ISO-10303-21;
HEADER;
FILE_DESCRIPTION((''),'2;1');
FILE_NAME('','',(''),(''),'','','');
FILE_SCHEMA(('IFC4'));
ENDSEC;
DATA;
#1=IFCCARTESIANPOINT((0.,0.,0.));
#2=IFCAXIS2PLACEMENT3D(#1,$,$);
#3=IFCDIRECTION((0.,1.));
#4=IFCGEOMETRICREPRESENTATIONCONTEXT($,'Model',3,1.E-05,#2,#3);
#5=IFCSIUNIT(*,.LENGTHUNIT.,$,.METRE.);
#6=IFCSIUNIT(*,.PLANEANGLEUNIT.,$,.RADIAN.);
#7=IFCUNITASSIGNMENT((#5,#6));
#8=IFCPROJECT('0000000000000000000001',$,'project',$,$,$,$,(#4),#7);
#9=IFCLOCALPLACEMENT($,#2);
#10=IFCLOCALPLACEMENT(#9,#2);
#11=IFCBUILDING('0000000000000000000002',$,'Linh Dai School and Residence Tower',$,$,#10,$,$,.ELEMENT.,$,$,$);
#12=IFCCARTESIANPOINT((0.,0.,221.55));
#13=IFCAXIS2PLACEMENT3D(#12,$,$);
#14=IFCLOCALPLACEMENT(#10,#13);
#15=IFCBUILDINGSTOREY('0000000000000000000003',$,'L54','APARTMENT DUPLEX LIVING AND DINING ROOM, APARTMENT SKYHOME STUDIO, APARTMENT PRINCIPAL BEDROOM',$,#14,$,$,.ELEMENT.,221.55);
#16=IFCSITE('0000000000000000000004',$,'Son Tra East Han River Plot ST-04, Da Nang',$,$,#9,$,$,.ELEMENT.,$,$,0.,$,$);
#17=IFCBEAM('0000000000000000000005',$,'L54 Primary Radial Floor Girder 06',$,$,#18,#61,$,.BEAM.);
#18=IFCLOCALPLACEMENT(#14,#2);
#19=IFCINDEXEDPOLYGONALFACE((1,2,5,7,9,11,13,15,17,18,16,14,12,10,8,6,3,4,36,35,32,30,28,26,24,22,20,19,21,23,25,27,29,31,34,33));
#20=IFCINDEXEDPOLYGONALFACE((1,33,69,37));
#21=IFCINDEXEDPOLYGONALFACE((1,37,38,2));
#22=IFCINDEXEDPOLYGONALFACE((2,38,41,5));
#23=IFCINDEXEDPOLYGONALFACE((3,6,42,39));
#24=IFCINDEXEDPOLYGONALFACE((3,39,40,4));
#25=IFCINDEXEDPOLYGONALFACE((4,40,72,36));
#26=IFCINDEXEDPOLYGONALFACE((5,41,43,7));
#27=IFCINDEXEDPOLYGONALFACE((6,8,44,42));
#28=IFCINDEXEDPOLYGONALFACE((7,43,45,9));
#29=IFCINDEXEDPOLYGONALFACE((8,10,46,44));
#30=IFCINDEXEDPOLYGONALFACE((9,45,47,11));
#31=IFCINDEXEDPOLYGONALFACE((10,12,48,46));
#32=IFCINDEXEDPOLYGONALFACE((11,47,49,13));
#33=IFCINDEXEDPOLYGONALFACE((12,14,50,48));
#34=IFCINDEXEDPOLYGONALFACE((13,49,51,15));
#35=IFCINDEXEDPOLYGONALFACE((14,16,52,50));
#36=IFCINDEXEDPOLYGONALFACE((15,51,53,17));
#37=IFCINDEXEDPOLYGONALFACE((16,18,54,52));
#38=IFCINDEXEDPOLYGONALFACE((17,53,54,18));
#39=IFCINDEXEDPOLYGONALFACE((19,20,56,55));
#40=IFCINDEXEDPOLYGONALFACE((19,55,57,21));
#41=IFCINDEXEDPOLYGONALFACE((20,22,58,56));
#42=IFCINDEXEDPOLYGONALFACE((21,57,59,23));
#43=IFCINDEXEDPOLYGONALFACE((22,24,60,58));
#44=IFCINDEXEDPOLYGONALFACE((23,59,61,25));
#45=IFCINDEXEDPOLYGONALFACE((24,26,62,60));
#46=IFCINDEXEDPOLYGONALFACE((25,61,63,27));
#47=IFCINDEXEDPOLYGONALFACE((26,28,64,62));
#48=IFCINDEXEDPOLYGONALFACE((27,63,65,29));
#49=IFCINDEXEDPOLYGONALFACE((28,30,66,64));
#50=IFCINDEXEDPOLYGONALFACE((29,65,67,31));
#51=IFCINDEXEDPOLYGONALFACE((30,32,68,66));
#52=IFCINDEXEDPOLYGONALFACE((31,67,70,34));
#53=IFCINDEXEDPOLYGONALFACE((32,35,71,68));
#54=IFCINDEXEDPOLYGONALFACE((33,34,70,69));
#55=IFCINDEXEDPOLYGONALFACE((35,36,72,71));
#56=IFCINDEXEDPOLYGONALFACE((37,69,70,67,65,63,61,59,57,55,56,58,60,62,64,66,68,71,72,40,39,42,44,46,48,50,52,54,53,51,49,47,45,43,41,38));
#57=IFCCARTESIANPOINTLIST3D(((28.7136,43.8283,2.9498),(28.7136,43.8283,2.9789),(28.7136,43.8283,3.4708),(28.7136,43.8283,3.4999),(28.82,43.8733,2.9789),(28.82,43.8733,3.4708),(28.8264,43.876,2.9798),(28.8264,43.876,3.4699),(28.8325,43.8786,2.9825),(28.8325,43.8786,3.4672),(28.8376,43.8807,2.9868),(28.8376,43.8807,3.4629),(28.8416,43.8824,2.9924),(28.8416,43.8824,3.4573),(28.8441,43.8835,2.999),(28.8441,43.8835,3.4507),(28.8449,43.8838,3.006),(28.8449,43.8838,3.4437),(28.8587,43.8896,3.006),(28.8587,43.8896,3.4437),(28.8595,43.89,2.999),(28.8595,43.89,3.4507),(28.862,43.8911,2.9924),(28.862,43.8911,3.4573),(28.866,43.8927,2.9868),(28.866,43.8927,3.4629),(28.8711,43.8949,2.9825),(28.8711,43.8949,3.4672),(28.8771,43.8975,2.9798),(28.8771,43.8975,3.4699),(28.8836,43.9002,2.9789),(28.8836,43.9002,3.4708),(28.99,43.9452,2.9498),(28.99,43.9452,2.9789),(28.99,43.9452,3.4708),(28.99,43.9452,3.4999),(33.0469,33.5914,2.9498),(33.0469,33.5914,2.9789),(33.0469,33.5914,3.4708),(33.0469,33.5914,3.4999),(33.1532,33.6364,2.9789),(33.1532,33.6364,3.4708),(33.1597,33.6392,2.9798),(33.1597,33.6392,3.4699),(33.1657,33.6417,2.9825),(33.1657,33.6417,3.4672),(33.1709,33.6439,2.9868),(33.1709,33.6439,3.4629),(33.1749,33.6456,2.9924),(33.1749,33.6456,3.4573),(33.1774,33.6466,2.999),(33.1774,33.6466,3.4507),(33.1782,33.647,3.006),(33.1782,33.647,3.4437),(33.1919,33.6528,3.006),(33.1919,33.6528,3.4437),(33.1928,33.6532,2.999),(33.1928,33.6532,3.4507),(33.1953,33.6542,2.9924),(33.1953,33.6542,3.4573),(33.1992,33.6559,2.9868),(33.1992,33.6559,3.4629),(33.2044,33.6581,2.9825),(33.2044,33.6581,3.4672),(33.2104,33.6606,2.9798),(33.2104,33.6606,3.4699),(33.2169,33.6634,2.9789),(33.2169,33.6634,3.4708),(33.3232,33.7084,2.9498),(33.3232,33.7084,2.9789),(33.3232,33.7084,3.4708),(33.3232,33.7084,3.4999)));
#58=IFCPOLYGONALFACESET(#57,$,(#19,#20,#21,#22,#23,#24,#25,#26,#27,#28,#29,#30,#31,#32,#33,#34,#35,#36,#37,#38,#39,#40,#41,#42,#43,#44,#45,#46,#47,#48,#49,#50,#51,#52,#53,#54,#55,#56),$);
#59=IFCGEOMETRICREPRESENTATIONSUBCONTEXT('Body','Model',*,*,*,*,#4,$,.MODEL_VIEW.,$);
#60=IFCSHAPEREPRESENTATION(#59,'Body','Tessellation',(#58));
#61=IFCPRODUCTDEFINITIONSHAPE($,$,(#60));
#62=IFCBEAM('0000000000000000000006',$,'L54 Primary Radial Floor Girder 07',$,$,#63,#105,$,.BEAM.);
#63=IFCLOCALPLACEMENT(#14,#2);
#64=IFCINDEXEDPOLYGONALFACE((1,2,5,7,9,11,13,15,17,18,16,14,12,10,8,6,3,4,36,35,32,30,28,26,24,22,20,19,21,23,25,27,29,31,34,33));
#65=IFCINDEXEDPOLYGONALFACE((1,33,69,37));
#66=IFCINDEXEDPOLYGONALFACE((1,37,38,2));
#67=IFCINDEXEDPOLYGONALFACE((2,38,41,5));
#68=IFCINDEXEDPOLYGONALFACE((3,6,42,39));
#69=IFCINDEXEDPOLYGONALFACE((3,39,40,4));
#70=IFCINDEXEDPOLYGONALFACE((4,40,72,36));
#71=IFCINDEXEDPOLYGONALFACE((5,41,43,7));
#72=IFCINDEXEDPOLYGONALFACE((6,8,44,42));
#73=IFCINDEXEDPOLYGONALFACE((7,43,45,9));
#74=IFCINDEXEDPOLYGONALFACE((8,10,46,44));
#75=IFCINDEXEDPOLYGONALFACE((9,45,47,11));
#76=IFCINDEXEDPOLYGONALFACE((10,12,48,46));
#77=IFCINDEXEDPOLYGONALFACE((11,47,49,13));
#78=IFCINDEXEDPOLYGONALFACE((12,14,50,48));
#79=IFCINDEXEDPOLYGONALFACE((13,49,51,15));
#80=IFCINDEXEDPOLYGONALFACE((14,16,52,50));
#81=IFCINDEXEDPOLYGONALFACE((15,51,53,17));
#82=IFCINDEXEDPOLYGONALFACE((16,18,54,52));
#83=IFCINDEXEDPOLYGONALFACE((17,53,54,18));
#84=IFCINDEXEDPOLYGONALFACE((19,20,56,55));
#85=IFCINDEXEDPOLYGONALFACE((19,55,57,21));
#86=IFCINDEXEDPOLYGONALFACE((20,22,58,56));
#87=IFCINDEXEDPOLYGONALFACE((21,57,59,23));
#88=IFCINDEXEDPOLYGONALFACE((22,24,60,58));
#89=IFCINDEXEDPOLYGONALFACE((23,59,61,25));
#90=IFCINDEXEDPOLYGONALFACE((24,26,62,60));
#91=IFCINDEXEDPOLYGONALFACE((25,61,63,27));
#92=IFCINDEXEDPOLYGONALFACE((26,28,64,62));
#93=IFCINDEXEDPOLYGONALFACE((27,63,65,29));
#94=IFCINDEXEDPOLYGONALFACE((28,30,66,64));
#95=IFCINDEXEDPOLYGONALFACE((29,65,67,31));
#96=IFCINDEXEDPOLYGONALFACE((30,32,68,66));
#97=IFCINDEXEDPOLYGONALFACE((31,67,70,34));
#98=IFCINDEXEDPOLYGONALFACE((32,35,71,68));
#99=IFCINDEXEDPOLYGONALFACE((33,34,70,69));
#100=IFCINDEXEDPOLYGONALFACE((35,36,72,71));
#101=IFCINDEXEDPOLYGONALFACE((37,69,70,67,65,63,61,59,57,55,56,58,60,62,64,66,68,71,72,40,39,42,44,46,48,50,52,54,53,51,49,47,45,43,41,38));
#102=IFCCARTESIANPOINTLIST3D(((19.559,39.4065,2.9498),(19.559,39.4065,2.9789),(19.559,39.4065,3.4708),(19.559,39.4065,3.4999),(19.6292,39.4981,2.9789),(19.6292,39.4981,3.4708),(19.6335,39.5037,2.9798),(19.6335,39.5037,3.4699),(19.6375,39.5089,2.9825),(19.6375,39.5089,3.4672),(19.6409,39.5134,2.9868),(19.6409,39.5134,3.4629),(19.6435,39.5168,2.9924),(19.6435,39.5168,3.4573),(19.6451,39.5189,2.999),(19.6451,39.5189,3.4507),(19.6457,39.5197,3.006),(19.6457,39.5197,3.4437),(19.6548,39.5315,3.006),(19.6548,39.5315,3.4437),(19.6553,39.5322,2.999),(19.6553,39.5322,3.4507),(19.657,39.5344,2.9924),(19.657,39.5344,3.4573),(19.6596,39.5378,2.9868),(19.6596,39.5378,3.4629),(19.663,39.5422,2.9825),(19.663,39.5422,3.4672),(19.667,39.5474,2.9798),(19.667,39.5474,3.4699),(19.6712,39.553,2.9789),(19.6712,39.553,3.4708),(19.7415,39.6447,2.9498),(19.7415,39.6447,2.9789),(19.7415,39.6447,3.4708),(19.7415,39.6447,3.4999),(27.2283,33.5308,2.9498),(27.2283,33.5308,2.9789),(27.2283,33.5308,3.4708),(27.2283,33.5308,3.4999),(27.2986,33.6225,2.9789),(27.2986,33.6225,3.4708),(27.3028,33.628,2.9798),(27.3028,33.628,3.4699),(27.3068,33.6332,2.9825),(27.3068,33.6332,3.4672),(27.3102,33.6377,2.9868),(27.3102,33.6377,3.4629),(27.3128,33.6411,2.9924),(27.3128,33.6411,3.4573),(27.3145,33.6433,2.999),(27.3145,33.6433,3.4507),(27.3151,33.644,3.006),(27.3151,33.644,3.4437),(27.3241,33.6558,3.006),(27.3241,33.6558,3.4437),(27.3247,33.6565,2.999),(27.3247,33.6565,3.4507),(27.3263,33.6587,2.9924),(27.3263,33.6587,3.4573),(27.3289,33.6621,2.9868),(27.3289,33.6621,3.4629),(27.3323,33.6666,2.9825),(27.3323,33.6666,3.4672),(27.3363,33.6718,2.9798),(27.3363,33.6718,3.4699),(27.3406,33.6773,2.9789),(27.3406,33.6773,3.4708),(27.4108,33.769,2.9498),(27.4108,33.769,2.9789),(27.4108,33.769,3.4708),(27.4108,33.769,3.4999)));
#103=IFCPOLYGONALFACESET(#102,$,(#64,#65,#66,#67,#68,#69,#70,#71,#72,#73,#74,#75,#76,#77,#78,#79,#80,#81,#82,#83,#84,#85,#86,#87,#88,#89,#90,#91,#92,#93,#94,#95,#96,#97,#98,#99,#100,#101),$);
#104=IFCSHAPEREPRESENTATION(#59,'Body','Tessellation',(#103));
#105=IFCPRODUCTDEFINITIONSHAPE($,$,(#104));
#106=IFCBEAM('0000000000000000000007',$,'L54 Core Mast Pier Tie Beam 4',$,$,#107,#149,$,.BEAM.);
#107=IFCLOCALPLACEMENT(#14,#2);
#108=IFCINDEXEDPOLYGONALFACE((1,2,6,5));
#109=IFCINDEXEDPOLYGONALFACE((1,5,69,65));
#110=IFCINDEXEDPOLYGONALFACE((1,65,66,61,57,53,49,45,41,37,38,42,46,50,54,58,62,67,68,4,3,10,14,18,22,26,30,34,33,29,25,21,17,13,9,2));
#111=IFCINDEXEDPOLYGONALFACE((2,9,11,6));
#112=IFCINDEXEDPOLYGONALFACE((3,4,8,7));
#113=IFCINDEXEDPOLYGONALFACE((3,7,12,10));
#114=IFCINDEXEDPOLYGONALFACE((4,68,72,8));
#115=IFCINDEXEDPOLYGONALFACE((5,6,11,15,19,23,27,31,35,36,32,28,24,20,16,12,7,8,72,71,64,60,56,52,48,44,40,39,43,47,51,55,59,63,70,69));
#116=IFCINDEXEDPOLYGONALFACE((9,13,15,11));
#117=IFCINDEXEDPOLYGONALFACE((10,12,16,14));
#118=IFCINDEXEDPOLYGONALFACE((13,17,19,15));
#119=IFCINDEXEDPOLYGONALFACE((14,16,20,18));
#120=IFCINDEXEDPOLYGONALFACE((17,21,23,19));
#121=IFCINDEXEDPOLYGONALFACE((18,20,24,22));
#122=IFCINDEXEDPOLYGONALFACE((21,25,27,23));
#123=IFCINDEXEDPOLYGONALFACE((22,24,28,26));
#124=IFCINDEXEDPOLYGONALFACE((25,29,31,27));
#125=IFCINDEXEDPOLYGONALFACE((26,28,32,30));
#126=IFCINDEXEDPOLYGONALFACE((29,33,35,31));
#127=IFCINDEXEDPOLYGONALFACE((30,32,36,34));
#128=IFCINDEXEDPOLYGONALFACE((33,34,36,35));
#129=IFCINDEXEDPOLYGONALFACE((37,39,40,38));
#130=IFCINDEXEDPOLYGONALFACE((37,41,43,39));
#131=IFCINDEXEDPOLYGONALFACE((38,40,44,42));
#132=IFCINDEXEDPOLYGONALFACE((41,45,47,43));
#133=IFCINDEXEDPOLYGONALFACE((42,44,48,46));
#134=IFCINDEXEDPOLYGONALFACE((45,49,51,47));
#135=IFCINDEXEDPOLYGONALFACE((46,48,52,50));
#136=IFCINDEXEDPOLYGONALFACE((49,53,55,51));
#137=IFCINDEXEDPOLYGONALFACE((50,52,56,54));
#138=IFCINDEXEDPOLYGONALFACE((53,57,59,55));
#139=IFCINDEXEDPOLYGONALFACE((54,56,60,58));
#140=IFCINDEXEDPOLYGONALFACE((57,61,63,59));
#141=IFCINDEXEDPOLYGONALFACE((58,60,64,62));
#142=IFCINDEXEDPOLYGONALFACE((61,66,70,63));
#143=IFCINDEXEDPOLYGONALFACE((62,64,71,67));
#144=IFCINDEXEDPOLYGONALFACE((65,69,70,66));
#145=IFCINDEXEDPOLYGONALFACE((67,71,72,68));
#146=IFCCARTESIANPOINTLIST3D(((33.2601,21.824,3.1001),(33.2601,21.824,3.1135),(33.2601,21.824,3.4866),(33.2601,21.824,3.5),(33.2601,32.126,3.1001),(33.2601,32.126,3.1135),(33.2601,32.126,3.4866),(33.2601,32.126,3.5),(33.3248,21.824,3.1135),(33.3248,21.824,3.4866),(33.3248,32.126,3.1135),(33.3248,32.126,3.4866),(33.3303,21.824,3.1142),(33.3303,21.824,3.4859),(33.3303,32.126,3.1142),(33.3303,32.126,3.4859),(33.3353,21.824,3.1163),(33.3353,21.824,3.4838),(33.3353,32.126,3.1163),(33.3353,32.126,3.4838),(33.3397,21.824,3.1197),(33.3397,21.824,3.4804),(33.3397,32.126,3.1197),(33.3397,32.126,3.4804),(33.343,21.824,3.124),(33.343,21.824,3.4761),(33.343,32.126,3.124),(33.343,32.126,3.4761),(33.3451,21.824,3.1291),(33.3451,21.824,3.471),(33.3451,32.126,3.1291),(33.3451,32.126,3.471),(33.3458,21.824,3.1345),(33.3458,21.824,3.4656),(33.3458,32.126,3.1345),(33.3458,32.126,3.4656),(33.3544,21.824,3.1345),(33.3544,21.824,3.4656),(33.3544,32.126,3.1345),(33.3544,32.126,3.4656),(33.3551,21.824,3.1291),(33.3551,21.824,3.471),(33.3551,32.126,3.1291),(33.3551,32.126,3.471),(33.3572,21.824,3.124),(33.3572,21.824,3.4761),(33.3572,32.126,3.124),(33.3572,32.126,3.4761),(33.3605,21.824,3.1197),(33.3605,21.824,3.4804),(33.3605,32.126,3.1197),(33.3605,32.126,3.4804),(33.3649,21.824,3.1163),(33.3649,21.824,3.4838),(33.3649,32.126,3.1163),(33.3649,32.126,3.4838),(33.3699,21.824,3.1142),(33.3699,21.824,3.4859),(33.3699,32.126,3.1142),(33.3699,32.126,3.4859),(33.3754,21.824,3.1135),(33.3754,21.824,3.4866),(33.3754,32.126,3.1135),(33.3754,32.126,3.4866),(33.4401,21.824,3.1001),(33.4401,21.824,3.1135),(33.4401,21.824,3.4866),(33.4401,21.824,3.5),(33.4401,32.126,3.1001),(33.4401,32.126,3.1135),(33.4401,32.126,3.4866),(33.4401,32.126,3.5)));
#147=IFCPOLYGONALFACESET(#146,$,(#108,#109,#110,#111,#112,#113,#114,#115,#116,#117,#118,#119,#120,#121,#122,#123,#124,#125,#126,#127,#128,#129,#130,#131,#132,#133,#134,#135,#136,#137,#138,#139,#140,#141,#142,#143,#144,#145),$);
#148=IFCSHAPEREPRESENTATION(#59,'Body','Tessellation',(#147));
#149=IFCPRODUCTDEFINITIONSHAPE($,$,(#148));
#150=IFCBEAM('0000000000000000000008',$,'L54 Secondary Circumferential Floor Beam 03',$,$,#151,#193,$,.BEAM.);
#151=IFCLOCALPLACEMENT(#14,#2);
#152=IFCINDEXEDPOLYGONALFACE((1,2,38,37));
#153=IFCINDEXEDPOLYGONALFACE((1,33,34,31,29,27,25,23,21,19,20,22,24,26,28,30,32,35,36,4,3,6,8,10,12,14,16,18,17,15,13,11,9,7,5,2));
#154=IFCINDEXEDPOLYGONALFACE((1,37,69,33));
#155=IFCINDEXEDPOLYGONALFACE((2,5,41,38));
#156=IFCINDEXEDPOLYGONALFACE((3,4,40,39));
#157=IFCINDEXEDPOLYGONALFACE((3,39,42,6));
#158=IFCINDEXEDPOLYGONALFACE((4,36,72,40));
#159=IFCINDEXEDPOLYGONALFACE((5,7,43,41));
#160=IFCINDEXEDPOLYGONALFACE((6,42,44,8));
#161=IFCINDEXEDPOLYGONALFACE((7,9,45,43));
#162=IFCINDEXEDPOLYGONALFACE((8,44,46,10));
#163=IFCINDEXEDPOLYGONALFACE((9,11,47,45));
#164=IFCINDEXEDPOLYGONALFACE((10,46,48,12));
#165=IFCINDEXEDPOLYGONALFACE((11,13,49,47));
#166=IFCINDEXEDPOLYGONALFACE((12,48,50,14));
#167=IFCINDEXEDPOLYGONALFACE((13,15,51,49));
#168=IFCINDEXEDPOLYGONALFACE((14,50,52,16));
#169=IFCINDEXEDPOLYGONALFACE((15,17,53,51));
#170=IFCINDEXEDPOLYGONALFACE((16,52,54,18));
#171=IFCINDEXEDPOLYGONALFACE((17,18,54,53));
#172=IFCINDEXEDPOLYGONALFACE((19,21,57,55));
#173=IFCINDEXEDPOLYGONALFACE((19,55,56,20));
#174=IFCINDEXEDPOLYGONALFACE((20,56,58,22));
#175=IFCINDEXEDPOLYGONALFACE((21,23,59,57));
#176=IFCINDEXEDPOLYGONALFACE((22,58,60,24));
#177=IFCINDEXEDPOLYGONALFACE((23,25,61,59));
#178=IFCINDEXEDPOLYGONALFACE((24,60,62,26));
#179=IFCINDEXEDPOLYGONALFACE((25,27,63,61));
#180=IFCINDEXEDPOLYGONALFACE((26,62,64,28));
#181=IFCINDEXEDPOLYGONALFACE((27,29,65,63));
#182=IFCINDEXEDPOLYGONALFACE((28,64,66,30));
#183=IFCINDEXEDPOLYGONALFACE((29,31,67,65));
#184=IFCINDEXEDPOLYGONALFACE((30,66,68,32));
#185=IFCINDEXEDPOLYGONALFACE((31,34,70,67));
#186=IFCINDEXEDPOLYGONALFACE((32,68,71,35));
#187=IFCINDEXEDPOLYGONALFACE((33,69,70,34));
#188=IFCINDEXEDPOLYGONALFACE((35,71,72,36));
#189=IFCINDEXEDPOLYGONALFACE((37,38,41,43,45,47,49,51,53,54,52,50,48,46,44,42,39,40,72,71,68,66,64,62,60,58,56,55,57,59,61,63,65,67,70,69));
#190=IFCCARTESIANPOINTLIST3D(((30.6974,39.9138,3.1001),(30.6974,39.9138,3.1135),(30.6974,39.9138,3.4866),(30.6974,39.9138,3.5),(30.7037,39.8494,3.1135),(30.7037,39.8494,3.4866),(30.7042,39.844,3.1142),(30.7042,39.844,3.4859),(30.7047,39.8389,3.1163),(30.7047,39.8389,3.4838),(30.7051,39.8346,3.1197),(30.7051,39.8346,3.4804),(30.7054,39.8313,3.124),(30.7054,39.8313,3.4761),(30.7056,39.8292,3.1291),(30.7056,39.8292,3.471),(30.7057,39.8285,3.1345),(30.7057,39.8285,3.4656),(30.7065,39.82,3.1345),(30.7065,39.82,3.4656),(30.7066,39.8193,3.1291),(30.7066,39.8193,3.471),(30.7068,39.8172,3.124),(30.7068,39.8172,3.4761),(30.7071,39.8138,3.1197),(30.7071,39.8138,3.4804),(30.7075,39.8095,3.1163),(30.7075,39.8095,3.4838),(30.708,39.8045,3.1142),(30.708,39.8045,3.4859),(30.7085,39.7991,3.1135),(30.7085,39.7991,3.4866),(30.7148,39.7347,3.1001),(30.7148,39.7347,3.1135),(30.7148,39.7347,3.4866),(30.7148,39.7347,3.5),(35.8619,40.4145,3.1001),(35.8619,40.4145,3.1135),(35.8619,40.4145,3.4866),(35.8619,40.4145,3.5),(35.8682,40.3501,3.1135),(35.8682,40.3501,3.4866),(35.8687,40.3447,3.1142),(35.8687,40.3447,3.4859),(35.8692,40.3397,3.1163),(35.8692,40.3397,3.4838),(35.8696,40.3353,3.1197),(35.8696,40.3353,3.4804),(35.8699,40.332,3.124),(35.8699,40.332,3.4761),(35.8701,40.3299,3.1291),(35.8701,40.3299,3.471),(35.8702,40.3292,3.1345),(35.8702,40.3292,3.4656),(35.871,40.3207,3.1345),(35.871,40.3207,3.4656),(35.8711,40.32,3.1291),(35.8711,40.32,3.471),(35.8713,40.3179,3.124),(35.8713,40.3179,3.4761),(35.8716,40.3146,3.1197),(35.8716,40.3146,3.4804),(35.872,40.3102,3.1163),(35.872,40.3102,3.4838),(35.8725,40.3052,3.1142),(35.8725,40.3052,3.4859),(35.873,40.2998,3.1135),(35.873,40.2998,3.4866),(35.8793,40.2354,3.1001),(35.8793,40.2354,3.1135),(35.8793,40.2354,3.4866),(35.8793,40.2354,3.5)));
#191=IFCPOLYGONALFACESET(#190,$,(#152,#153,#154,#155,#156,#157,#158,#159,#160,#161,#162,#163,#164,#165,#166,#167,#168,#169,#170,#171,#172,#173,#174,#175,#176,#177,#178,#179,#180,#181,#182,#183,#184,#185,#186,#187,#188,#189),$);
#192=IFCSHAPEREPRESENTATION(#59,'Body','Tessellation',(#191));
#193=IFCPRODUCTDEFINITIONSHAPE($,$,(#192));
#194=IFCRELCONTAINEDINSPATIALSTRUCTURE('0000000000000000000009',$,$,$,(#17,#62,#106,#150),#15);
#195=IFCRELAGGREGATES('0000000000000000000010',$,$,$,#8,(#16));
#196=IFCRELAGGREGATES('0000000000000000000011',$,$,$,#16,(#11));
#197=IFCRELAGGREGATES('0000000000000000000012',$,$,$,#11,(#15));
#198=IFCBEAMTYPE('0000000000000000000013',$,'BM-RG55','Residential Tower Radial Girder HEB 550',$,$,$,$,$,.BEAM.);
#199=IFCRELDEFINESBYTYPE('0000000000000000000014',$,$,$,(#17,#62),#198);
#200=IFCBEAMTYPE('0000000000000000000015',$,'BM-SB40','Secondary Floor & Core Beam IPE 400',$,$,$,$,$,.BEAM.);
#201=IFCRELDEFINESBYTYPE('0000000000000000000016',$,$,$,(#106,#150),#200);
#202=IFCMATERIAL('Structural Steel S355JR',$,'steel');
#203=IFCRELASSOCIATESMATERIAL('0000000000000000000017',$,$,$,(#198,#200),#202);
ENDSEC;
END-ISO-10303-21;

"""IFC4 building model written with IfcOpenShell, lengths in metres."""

from ifc_helpers import new_model, si_unit, direction, frame, origin, origin_2d, place, context, subcontext, project, spatial, i_section, extrude, material, material_profile, profile_set, type_object, element, save


model = new_model("IFC4")

# Units and contexts
model_context = context("Model", 3, precision=1e-05, world=origin(), true_north=direction((0.0, 1.0)))
body_context = subcontext(model_context, "Body", "Model", "MODEL_VIEW")
ifc_project = project(units=[si_unit("LENGTHUNIT", "METRE"), si_unit("PLANEANGLEUNIT", "RADIAN")], contexts=[model_context])

# Site, building, storey
site_placement = place(None, origin())
site = spatial("IfcSite", under=ifc_project, at=site_placement, Name="Son Tra East Han River Plot ST-04, Da Nang", CompositionType="ELEMENT", RefElevation=0.0)
building_placement = place(site_placement, origin())
building = spatial("IfcBuilding", under=site, at=building_placement, Name="Linh Dai School and Residence Tower", CompositionType="ELEMENT")
storey_placement = place(building_placement, frame((0.0, 0.0, 221.55)))
storey = spatial("IfcBuildingStorey", under=building, at=storey_placement, Name="L54", Description="APARTMENT DUPLEX LIVING AND DINING ROOM, APARTMENT SKYHOME STUDIO, APARTMENT PRINCIPAL BEDROOM", CompositionType="ELEMENT", Elevation=221.55)

# Shared definitions
ifc_material_1 = material(Name="Structural Steel S355JR", Category="steel")

# Beams
ifc_material_profile_1 = material_profile(ifc_material_1, i_section(OverallWidth=0.3, OverallDepth=0.55, WebThickness=0.0149, FlangeThickness=0.0291, FilletRadius=0.0271, at=origin_2d()), Name="HEB 550")
ifc_profile_set_1 = profile_set([ifc_material_profile_1], Name="Structural Steel S355JR")
beam_type_1 = type_object("IfcBeamType", Name="BM-RG55", Description="Residential Tower Radial Girder HEB 550", PredefinedType="BEAM", material=ifc_profile_set_1)
beam_1_placement = place(storey_placement, frame((33.1851, 33.6499, 3.2249), z_axis=(-0.389815, 0.920893, 0.0), x_axis=(-0.920893, -0.389815, 0.0)))
element("IfcBeam", 1, at=beam_1_placement, inside=storey, type_object=beam_type_1, Name="L54 Primary Radial Floor Girder 06", PredefinedType="BEAM", context=body_context, shape_type="SweptSolid", body=[
    extrude(i_section(OverallWidth=0.3, OverallDepth=0.55, WebThickness=0.0149, FlangeThickness=0.0291, FilletRadius=0.0271, at=origin_2d()), origin(), (0.0, 0.0, 1.0), 11.1162),
])
beam_2_placement = place(storey_placement, frame((27.3196, 33.6499, 3.2249), z_axis=(-0.793815, 0.60816, 0.0), x_axis=(-0.60816, -0.793815, 0.0)))
element("IfcBeam", 2, at=beam_2_placement, inside=storey, type_object=beam_type_1, Name="L54 Primary Radial Floor Girder 07", PredefinedType="BEAM", context=body_context, shape_type="SweptSolid", body=[
    extrude(i_section(OverallWidth=0.3, OverallDepth=0.55, WebThickness=0.0149, FlangeThickness=0.0291, FilletRadius=0.0271, at=origin_2d()), origin(), (0.0, 0.0, 1.0), 9.6614),
])
ifc_material_profile_2 = material_profile(ifc_material_1, i_section(OverallWidth=0.1799, OverallDepth=0.3999, WebThickness=0.0085, FlangeThickness=0.0134, FilletRadius=0.021, at=origin_2d()), Name="IPE 400")
ifc_profile_set_2 = profile_set([ifc_material_profile_2], Name="Structural Steel S355JR")
beam_type_2 = type_object("IfcBeamType", Name="BM-SB40", Description="Secondary Floor & Core Beam IPE 400", PredefinedType="BEAM", material=ifc_profile_set_2)
beam_3_placement = place(storey_placement, frame((33.3501, 32.126, 3.3), z_axis=(0.0, -1.0, 0.0), x_axis=(1.0, 0.0, 0.0)))
element("IfcBeam", 3, at=beam_3_placement, inside=storey, type_object=beam_type_2, Name="L54 Core Mast Pier Tie Beam 4", PredefinedType="BEAM", context=body_context, shape_type="SweptSolid", body=[
    extrude(i_section(OverallWidth=0.1799, OverallDepth=0.3999, WebThickness=0.0085, FlangeThickness=0.0134, FilletRadius=0.021, at=origin_2d()), origin(), (0.0, 0.0, 1.0), 10.302),
])
beam_4_placement = place(storey_placement, frame((35.8706, 40.325, 3.3), z_axis=(-0.995333, -0.096503, 0.0), x_axis=(0.096503, -0.995333, 0.0)))
element("IfcBeam", 4, at=beam_4_placement, inside=storey, type_object=beam_type_2, Name="L54 Secondary Circumferential Floor Beam 03", PredefinedType="BEAM", context=body_context, shape_type="SweptSolid", body=[
    extrude(i_section(OverallWidth=0.1799, OverallDepth=0.3999, WebThickness=0.0085, FlangeThickness=0.0134, FilletRadius=0.021, at=origin_2d()), origin(), (0.0, 0.0, 1.0), 5.1887),
])

save(model, "model.ifc")
